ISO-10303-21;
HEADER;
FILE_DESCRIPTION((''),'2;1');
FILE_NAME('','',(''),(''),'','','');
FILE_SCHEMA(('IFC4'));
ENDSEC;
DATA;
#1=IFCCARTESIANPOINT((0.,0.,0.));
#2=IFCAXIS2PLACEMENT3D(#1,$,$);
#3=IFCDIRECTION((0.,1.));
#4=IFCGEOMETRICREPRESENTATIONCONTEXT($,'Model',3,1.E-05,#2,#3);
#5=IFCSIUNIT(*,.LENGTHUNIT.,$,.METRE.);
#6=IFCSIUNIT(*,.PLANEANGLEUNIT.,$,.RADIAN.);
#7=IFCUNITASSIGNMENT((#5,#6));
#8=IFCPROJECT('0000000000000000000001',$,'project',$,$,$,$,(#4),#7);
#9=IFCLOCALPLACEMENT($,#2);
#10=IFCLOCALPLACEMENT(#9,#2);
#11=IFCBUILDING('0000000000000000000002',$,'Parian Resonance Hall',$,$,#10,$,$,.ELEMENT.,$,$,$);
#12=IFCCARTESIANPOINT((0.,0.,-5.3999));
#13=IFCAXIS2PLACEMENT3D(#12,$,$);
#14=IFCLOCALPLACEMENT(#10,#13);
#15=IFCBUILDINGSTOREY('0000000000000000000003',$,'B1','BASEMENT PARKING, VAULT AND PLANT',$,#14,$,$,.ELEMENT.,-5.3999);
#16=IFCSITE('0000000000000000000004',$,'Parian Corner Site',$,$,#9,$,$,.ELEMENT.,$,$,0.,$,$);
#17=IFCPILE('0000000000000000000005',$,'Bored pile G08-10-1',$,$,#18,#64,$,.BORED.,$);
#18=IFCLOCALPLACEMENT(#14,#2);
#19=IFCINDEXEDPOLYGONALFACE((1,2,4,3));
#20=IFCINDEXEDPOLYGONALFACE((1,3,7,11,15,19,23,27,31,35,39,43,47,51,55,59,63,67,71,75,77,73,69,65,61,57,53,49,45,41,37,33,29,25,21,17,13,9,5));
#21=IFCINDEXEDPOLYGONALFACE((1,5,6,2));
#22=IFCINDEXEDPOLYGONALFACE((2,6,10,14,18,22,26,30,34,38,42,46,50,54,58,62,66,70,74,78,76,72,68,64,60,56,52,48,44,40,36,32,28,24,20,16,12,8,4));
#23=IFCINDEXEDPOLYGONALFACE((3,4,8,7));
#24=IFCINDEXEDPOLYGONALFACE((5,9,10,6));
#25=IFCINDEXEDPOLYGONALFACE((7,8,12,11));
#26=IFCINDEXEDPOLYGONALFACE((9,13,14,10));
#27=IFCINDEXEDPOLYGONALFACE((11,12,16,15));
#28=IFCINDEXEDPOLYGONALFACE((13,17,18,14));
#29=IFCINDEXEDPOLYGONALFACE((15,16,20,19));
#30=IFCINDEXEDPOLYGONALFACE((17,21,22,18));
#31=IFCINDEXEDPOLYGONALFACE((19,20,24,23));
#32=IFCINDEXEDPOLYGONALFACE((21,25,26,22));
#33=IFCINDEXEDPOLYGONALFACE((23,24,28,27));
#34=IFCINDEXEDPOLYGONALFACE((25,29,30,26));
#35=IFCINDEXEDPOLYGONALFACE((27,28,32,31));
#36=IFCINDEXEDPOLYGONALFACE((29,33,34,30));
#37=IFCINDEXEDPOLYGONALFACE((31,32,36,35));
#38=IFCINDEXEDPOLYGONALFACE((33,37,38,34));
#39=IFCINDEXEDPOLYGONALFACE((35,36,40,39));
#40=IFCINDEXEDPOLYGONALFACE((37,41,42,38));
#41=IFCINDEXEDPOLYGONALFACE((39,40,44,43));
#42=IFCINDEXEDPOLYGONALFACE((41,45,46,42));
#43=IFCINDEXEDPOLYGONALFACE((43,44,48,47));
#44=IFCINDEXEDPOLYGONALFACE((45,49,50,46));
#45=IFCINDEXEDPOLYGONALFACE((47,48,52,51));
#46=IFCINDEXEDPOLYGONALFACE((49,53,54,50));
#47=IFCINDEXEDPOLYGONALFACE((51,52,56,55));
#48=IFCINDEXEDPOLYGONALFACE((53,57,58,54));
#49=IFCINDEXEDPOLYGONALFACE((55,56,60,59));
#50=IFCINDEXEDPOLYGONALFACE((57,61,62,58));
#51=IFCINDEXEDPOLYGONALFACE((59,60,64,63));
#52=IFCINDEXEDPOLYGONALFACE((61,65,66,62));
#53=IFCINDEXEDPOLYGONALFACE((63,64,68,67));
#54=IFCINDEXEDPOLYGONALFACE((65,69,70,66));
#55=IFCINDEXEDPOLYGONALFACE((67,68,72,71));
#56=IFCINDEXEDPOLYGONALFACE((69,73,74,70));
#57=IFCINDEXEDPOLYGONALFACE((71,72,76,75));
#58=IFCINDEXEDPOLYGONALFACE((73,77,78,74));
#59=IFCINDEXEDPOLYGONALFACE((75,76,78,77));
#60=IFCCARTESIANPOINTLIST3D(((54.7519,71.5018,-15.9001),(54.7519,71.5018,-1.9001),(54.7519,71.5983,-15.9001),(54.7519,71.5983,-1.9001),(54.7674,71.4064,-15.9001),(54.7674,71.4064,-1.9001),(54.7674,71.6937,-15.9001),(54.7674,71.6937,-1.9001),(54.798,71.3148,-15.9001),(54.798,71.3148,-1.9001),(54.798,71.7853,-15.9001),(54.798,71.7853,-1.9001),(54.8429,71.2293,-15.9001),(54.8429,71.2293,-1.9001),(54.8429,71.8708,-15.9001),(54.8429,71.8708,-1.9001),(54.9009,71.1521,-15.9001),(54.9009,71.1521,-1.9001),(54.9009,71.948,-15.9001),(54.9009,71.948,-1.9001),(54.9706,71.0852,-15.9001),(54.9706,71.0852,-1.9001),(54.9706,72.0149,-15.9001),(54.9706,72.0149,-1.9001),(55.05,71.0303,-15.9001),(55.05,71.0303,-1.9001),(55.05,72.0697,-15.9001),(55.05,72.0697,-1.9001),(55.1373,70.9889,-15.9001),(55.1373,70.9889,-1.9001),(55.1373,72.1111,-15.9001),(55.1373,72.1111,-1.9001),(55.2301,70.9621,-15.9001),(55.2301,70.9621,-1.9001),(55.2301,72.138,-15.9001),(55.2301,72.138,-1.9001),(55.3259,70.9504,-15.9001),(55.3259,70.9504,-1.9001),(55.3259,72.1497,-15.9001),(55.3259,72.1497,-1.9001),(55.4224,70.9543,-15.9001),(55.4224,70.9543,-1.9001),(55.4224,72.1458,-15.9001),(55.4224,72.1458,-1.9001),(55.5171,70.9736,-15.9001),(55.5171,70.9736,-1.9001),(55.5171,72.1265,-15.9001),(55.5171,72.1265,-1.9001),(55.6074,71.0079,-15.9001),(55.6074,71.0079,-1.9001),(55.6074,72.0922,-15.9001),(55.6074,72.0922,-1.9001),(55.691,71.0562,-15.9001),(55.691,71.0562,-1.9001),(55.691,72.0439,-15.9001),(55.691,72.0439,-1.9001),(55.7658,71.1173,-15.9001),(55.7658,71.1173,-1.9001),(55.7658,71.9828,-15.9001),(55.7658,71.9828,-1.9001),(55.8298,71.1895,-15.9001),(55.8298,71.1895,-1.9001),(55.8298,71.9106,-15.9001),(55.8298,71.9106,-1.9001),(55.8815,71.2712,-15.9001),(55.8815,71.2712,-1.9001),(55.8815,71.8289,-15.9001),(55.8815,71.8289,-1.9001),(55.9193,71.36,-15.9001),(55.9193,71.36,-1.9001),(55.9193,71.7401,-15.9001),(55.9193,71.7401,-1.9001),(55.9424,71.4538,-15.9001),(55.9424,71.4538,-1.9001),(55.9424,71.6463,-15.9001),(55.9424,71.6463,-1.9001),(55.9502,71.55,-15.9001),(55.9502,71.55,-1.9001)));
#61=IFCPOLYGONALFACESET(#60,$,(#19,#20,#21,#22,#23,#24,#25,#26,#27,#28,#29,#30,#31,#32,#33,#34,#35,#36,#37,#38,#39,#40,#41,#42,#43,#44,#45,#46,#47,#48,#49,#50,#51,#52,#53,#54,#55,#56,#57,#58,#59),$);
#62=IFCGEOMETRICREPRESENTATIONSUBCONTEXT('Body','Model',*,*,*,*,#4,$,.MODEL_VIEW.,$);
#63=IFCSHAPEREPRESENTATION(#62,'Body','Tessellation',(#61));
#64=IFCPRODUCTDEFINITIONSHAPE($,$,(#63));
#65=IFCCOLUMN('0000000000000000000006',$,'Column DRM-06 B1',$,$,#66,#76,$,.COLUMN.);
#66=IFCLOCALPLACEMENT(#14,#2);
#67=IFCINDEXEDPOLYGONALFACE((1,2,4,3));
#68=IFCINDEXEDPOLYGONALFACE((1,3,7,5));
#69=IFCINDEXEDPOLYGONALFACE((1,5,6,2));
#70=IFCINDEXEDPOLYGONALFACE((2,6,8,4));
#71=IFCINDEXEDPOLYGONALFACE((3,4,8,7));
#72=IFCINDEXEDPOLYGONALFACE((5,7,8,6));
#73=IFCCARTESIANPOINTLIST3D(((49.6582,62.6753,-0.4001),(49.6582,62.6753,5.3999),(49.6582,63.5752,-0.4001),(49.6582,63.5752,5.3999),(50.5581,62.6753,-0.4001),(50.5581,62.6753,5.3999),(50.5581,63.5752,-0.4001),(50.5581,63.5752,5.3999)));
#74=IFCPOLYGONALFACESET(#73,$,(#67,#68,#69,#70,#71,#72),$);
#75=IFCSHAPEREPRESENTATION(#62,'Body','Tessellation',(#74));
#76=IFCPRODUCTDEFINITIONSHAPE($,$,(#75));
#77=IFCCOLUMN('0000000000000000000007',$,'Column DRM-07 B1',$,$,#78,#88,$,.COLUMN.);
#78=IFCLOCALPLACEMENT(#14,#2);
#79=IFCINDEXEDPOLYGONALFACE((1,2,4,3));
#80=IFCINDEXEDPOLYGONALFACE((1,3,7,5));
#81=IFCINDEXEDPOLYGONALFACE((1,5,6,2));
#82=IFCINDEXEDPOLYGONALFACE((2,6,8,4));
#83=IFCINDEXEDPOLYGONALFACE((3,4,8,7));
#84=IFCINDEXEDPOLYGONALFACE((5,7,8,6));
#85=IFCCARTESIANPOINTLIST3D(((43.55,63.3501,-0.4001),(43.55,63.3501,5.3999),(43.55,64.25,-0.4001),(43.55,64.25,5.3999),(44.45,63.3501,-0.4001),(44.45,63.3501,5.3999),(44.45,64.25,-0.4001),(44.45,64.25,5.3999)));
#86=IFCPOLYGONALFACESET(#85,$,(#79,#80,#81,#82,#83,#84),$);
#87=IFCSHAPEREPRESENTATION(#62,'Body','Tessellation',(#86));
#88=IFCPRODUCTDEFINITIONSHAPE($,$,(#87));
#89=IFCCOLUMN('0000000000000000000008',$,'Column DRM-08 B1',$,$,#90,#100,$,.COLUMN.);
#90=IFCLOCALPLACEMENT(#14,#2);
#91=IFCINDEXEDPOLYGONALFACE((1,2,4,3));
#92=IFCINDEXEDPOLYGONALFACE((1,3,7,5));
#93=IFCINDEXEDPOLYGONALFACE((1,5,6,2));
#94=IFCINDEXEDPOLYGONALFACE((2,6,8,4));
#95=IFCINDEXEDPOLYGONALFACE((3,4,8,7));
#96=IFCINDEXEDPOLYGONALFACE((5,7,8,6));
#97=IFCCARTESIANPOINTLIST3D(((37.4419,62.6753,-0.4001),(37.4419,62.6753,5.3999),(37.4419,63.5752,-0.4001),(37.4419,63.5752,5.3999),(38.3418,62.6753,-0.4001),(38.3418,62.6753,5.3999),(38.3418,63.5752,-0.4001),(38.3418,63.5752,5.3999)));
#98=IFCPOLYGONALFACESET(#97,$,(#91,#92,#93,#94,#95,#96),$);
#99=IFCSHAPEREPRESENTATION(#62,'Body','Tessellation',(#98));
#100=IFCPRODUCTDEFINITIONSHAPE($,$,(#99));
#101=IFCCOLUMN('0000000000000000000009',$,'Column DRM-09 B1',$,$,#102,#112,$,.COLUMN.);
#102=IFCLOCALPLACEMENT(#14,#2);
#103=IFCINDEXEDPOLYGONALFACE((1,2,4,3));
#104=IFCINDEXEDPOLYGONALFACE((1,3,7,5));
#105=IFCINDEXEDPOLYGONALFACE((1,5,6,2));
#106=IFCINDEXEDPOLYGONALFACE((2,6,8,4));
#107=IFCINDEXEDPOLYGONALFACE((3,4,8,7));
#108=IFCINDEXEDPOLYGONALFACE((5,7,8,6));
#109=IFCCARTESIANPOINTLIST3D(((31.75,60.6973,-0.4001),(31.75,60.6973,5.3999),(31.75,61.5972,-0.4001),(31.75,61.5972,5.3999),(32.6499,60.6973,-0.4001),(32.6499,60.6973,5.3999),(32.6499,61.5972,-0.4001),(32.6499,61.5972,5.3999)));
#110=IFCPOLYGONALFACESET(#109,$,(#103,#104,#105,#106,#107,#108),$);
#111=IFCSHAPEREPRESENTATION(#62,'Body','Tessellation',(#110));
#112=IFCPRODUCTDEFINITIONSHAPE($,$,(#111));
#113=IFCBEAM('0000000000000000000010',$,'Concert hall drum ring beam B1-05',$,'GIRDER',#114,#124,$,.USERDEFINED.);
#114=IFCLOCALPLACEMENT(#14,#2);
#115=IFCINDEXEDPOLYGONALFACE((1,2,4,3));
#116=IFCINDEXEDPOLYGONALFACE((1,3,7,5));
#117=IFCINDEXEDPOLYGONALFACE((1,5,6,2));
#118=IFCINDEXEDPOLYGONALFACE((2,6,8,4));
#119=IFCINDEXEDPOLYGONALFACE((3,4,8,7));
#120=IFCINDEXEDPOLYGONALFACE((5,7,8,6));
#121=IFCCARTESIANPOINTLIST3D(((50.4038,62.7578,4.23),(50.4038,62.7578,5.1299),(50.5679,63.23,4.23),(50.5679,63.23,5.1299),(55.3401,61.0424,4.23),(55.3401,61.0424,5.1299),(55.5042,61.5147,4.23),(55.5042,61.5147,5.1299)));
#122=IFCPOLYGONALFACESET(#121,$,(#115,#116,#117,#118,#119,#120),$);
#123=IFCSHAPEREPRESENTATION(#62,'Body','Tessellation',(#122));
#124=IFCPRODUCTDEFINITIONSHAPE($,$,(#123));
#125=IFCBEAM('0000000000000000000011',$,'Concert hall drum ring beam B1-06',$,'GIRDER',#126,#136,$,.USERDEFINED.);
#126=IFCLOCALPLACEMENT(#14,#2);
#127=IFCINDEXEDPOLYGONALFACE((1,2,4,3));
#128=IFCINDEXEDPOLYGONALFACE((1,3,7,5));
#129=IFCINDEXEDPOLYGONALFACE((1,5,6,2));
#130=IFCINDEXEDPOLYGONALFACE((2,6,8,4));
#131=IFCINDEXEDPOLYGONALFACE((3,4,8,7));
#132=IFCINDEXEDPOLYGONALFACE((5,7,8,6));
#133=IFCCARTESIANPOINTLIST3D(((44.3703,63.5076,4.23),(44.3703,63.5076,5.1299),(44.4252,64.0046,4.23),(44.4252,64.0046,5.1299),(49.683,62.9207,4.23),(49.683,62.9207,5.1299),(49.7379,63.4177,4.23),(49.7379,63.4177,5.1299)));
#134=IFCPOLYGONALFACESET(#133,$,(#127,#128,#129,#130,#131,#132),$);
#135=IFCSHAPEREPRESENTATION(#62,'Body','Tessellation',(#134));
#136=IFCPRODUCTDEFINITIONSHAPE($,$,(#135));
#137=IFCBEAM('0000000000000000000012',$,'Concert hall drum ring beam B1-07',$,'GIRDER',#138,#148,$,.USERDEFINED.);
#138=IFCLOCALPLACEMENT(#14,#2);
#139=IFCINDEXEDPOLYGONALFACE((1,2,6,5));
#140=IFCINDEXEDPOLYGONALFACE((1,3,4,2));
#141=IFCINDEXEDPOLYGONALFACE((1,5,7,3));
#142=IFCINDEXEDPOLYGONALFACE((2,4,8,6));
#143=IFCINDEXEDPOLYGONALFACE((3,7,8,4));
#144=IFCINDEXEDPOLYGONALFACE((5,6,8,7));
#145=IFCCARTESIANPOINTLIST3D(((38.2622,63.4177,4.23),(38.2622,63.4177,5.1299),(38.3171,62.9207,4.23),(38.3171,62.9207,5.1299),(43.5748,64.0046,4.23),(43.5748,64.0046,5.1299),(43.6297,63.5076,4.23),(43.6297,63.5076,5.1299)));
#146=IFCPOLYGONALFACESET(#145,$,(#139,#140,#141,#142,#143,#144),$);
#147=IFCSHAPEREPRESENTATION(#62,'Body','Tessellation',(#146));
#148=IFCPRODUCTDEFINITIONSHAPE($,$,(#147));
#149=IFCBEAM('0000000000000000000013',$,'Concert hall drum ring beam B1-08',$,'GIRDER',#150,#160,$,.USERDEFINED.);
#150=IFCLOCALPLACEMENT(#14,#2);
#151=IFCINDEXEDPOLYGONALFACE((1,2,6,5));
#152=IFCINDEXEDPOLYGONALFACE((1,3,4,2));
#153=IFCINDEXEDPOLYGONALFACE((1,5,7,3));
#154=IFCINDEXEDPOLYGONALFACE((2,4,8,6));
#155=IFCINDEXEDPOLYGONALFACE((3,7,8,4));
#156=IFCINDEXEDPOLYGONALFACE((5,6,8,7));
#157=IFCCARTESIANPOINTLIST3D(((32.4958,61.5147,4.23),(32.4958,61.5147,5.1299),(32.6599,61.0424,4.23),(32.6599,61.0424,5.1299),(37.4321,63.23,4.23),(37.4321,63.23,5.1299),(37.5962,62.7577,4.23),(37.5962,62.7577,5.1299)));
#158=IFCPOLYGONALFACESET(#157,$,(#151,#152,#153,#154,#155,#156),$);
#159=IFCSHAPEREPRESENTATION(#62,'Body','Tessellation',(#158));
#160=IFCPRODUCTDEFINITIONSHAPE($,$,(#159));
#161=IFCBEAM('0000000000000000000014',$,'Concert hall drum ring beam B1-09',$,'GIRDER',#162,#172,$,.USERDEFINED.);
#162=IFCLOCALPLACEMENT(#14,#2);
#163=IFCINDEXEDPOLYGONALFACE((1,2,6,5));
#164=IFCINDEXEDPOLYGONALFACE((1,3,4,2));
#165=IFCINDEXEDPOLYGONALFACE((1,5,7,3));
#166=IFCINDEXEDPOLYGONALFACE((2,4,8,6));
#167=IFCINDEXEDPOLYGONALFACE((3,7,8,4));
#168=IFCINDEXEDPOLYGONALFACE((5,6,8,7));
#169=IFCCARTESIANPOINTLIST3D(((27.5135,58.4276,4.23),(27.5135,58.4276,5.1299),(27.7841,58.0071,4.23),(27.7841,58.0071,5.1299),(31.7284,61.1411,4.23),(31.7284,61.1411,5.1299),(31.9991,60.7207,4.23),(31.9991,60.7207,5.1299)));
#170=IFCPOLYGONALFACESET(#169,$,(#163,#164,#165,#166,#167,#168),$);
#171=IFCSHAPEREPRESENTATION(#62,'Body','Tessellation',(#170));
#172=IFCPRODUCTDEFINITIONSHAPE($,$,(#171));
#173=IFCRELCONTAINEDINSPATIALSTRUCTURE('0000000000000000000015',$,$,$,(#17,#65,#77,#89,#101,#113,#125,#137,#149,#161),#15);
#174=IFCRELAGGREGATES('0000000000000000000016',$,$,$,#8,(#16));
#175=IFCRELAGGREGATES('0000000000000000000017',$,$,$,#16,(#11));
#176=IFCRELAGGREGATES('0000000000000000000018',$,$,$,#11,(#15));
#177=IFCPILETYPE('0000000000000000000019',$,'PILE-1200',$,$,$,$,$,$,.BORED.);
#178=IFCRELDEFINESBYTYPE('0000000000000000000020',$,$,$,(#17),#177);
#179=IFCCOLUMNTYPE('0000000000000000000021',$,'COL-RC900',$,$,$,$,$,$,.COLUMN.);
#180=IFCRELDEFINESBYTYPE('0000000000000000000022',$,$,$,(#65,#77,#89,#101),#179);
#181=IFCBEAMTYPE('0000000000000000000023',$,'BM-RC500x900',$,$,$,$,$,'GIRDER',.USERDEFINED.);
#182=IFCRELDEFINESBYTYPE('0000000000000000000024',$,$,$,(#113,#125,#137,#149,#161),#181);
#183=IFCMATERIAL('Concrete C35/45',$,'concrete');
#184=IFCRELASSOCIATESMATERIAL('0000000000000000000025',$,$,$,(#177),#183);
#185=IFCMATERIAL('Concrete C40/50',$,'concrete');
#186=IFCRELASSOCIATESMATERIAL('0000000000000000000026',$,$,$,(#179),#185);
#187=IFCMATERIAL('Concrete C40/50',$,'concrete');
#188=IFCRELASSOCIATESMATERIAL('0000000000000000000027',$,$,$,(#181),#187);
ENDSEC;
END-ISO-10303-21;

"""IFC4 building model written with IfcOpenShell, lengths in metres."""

from ifc_helpers import new_model, si_unit, direction, frame, origin, origin_2d, place, context, subcontext, project, spatial, rectangle, circle, extrude, material, material_profile, profile_set, type_object, element, save


model = new_model("IFC4")

# Units and contexts
model_context = context("Model", 3, precision=1e-05, world=origin(), true_north=direction((0.0, 1.0)))
body_context = subcontext(model_context, "Body", "Model", "MODEL_VIEW")
ifc_project = project(units=[si_unit("LENGTHUNIT", "METRE"), si_unit("PLANEANGLEUNIT", "RADIAN")], contexts=[model_context])

# Site, building, storey
site_placement = place(None, origin())
site = spatial("IfcSite", under=ifc_project, at=site_placement, Name="Parian Corner Site", CompositionType="ELEMENT", RefElevation=0.0)
building_placement = place(site_placement, origin())
building = spatial("IfcBuilding", under=site, at=building_placement, Name="Parian Resonance Hall", CompositionType="ELEMENT")
storey_placement = place(building_placement, frame((0.0, 0.0, -5.3999)))
storey = spatial("IfcBuildingStorey", under=building, at=storey_placement, Name="B1", Description="BASEMENT PARKING, VAULT AND PLANT", CompositionType="ELEMENT", Elevation=-5.3999)

# Pile
ifc_material_1 = material(Name="Concrete C35/45", Category="concrete")
ifc_material_profile_1 = material_profile(ifc_material_1, circle(Radius=0.6001, at=origin_2d()), Name="PILE-D1200")
ifc_profile_set_1 = profile_set([ifc_material_profile_1], Name="Concrete C35/45")
pile_type = type_object("IfcPileType", Name="PILE-1200", PredefinedType="BORED", material=ifc_profile_set_1)
for number, where, z_axis, x_axis, name in (
    (1, (55.3501, 71.55, -1.9001), (0.0, 0.0, -1.0), (1.0, 0.0, 0.0), "Bored pile G08-10-1"),
):
    element("IfcPile", number, at=place(storey_placement, frame(where, z_axis=z_axis, x_axis=x_axis)), inside=storey, type_object=pile_type, Name=name, PredefinedType="BORED", context=body_context, shape_type="SweptSolid", body=[
        extrude(circle(Radius=0.6001, at=origin_2d()), origin(), (0.0, 0.0, 1.0), 14.0),
    ])

# Columns
ifc_material_2 = material(Name="Concrete C40/50", Category="concrete")
ifc_material_profile_2 = material_profile(ifc_material_2, rectangle(XDim=0.8999, YDim=0.8999, at=origin_2d()), Name="RC-COL-900x900")
ifc_profile_set_2 = profile_set([ifc_material_profile_2], Name="Concrete C40/50")
column_type = type_object("IfcColumnType", Name="COL-RC900", PredefinedType="COLUMN", material=ifc_profile_set_2)
for number, where, z_axis, x_axis, name in (
    (2, (50.1082, 63.1252, -0.4001), (0.0, 0.0, 1.0), (1.0, 0.0, 0.0), "Column DRM-06 B1"),
    (3, (44.0, 63.8, -0.4001), (0.0, 0.0, 1.0), (1.0, 0.0, 0.0), "Column DRM-07 B1"),
    (4, (37.8918, 63.1252, -0.4001), (0.0, 0.0, 1.0), (1.0, 0.0, 0.0), "Column DRM-08 B1"),
    (5, (32.2, 61.1472, -0.4001), (0.0, 0.0, 1.0), (1.0, 0.0, 0.0), "Column DRM-09 B1"),
):
    element("IfcColumn", number, at=place(storey_placement, frame(where, z_axis=z_axis, x_axis=x_axis)), inside=storey, type_object=column_type, Name=name, PredefinedType="COLUMN", context=body_context, shape_type="SweptSolid", body=[
        extrude(rectangle(XDim=0.8999, YDim=0.8999, at=origin_2d()), origin(), (0.0, 0.0, 1.0), 5.8),
    ])

# Beams
ifc_material_3 = material(Name="Concrete C40/50", Category="concrete")
ifc_material_profile_3 = material_profile(ifc_material_3, rectangle(XDim=0.5, YDim=0.8999, at=origin_2d()), Name="RC-BM-500x900")
ifc_profile_set_3 = profile_set([ifc_material_profile_3], Name="Concrete C40/50")
beam_type_1 = type_object("IfcBeamType", Name="BM-RC500x900", ElementType="GIRDER", PredefinedType="USERDEFINED", material=ifc_profile_set_3)
beam_1_placement = place(storey_placement, frame((55.4221, 61.2786, 4.6799), z_axis=(-0.944594, 0.328242, 0.0), x_axis=(-0.328242, -0.944594, 0.0)))
element("IfcBeam", 6, at=beam_1_placement, inside=storey, type_object=beam_type_1, Name="Concert hall drum ring beam B1-05", ObjectType="GIRDER", PredefinedType="USERDEFINED", context=body_context, shape_type="SweptSolid", body=[
    extrude(rectangle(XDim=0.5, YDim=0.8999, at=origin_2d()), origin(), (0.0, 0.0, 1.0), 5.2258),
])
for number, where, z_axis, x_axis, name in (
    (7, (49.7104, 63.1692, 4.6799), (-0.993953, 0.109805, 0.0), (-0.109805, -0.993953, 0.0), "Concert hall drum ring beam B1-06"),
    (8, (43.6023, 63.7561, 4.6799), (-0.993953, -0.109805, 0.0), (0.109805, -0.993953, 0.0), "Concert hall drum ring beam B1-07"),
):
    element("IfcBeam", number, at=place(storey_placement, frame(where, z_axis=z_axis, x_axis=x_axis)), inside=storey, type_object=beam_type_1, Name=name, ObjectType="GIRDER", PredefinedType="USERDEFINED", context=body_context, shape_type="SweptSolid", body=[
        extrude(rectangle(XDim=0.5, YDim=0.8999, at=origin_2d()), origin(), (0.0, 0.0, 1.0), 5.345),
    ])
beam_2_placement = place(storey_placement, frame((37.5142, 62.9939, 4.6799), z_axis=(-0.944594, -0.328242, 0.0), x_axis=(0.328242, -0.944594, 0.0)))
element("IfcBeam", 9, at=beam_2_placement, inside=storey, type_object=beam_type_1, Name="Concert hall drum ring beam B1-08", ObjectType="GIRDER", PredefinedType="USERDEFINED", context=body_context, shape_type="SweptSolid", body=[
    extrude(rectangle(XDim=0.5, YDim=0.8999, at=origin_2d()), origin(), (0.0, 0.0, 1.0), 5.2258),
])
beam_3_placement = place(storey_placement, frame((31.8638, 60.9309, 4.6799), z_axis=(-0.840822, -0.541311, 0.0), x_axis=(0.541311, -0.840822, 0.0)))
element("IfcBeam", 10, at=beam_3_placement, inside=storey, type_object=beam_type_1, Name="Concert hall drum ring beam B1-09", ObjectType="GIRDER", PredefinedType="USERDEFINED", context=body_context, shape_type="SweptSolid", body=[
    extrude(rectangle(XDim=0.5, YDim=0.8999, at=origin_2d()), origin(), (0.0, 0.0, 1.0), 5.0129),
])

save(model, "model.ifc")
